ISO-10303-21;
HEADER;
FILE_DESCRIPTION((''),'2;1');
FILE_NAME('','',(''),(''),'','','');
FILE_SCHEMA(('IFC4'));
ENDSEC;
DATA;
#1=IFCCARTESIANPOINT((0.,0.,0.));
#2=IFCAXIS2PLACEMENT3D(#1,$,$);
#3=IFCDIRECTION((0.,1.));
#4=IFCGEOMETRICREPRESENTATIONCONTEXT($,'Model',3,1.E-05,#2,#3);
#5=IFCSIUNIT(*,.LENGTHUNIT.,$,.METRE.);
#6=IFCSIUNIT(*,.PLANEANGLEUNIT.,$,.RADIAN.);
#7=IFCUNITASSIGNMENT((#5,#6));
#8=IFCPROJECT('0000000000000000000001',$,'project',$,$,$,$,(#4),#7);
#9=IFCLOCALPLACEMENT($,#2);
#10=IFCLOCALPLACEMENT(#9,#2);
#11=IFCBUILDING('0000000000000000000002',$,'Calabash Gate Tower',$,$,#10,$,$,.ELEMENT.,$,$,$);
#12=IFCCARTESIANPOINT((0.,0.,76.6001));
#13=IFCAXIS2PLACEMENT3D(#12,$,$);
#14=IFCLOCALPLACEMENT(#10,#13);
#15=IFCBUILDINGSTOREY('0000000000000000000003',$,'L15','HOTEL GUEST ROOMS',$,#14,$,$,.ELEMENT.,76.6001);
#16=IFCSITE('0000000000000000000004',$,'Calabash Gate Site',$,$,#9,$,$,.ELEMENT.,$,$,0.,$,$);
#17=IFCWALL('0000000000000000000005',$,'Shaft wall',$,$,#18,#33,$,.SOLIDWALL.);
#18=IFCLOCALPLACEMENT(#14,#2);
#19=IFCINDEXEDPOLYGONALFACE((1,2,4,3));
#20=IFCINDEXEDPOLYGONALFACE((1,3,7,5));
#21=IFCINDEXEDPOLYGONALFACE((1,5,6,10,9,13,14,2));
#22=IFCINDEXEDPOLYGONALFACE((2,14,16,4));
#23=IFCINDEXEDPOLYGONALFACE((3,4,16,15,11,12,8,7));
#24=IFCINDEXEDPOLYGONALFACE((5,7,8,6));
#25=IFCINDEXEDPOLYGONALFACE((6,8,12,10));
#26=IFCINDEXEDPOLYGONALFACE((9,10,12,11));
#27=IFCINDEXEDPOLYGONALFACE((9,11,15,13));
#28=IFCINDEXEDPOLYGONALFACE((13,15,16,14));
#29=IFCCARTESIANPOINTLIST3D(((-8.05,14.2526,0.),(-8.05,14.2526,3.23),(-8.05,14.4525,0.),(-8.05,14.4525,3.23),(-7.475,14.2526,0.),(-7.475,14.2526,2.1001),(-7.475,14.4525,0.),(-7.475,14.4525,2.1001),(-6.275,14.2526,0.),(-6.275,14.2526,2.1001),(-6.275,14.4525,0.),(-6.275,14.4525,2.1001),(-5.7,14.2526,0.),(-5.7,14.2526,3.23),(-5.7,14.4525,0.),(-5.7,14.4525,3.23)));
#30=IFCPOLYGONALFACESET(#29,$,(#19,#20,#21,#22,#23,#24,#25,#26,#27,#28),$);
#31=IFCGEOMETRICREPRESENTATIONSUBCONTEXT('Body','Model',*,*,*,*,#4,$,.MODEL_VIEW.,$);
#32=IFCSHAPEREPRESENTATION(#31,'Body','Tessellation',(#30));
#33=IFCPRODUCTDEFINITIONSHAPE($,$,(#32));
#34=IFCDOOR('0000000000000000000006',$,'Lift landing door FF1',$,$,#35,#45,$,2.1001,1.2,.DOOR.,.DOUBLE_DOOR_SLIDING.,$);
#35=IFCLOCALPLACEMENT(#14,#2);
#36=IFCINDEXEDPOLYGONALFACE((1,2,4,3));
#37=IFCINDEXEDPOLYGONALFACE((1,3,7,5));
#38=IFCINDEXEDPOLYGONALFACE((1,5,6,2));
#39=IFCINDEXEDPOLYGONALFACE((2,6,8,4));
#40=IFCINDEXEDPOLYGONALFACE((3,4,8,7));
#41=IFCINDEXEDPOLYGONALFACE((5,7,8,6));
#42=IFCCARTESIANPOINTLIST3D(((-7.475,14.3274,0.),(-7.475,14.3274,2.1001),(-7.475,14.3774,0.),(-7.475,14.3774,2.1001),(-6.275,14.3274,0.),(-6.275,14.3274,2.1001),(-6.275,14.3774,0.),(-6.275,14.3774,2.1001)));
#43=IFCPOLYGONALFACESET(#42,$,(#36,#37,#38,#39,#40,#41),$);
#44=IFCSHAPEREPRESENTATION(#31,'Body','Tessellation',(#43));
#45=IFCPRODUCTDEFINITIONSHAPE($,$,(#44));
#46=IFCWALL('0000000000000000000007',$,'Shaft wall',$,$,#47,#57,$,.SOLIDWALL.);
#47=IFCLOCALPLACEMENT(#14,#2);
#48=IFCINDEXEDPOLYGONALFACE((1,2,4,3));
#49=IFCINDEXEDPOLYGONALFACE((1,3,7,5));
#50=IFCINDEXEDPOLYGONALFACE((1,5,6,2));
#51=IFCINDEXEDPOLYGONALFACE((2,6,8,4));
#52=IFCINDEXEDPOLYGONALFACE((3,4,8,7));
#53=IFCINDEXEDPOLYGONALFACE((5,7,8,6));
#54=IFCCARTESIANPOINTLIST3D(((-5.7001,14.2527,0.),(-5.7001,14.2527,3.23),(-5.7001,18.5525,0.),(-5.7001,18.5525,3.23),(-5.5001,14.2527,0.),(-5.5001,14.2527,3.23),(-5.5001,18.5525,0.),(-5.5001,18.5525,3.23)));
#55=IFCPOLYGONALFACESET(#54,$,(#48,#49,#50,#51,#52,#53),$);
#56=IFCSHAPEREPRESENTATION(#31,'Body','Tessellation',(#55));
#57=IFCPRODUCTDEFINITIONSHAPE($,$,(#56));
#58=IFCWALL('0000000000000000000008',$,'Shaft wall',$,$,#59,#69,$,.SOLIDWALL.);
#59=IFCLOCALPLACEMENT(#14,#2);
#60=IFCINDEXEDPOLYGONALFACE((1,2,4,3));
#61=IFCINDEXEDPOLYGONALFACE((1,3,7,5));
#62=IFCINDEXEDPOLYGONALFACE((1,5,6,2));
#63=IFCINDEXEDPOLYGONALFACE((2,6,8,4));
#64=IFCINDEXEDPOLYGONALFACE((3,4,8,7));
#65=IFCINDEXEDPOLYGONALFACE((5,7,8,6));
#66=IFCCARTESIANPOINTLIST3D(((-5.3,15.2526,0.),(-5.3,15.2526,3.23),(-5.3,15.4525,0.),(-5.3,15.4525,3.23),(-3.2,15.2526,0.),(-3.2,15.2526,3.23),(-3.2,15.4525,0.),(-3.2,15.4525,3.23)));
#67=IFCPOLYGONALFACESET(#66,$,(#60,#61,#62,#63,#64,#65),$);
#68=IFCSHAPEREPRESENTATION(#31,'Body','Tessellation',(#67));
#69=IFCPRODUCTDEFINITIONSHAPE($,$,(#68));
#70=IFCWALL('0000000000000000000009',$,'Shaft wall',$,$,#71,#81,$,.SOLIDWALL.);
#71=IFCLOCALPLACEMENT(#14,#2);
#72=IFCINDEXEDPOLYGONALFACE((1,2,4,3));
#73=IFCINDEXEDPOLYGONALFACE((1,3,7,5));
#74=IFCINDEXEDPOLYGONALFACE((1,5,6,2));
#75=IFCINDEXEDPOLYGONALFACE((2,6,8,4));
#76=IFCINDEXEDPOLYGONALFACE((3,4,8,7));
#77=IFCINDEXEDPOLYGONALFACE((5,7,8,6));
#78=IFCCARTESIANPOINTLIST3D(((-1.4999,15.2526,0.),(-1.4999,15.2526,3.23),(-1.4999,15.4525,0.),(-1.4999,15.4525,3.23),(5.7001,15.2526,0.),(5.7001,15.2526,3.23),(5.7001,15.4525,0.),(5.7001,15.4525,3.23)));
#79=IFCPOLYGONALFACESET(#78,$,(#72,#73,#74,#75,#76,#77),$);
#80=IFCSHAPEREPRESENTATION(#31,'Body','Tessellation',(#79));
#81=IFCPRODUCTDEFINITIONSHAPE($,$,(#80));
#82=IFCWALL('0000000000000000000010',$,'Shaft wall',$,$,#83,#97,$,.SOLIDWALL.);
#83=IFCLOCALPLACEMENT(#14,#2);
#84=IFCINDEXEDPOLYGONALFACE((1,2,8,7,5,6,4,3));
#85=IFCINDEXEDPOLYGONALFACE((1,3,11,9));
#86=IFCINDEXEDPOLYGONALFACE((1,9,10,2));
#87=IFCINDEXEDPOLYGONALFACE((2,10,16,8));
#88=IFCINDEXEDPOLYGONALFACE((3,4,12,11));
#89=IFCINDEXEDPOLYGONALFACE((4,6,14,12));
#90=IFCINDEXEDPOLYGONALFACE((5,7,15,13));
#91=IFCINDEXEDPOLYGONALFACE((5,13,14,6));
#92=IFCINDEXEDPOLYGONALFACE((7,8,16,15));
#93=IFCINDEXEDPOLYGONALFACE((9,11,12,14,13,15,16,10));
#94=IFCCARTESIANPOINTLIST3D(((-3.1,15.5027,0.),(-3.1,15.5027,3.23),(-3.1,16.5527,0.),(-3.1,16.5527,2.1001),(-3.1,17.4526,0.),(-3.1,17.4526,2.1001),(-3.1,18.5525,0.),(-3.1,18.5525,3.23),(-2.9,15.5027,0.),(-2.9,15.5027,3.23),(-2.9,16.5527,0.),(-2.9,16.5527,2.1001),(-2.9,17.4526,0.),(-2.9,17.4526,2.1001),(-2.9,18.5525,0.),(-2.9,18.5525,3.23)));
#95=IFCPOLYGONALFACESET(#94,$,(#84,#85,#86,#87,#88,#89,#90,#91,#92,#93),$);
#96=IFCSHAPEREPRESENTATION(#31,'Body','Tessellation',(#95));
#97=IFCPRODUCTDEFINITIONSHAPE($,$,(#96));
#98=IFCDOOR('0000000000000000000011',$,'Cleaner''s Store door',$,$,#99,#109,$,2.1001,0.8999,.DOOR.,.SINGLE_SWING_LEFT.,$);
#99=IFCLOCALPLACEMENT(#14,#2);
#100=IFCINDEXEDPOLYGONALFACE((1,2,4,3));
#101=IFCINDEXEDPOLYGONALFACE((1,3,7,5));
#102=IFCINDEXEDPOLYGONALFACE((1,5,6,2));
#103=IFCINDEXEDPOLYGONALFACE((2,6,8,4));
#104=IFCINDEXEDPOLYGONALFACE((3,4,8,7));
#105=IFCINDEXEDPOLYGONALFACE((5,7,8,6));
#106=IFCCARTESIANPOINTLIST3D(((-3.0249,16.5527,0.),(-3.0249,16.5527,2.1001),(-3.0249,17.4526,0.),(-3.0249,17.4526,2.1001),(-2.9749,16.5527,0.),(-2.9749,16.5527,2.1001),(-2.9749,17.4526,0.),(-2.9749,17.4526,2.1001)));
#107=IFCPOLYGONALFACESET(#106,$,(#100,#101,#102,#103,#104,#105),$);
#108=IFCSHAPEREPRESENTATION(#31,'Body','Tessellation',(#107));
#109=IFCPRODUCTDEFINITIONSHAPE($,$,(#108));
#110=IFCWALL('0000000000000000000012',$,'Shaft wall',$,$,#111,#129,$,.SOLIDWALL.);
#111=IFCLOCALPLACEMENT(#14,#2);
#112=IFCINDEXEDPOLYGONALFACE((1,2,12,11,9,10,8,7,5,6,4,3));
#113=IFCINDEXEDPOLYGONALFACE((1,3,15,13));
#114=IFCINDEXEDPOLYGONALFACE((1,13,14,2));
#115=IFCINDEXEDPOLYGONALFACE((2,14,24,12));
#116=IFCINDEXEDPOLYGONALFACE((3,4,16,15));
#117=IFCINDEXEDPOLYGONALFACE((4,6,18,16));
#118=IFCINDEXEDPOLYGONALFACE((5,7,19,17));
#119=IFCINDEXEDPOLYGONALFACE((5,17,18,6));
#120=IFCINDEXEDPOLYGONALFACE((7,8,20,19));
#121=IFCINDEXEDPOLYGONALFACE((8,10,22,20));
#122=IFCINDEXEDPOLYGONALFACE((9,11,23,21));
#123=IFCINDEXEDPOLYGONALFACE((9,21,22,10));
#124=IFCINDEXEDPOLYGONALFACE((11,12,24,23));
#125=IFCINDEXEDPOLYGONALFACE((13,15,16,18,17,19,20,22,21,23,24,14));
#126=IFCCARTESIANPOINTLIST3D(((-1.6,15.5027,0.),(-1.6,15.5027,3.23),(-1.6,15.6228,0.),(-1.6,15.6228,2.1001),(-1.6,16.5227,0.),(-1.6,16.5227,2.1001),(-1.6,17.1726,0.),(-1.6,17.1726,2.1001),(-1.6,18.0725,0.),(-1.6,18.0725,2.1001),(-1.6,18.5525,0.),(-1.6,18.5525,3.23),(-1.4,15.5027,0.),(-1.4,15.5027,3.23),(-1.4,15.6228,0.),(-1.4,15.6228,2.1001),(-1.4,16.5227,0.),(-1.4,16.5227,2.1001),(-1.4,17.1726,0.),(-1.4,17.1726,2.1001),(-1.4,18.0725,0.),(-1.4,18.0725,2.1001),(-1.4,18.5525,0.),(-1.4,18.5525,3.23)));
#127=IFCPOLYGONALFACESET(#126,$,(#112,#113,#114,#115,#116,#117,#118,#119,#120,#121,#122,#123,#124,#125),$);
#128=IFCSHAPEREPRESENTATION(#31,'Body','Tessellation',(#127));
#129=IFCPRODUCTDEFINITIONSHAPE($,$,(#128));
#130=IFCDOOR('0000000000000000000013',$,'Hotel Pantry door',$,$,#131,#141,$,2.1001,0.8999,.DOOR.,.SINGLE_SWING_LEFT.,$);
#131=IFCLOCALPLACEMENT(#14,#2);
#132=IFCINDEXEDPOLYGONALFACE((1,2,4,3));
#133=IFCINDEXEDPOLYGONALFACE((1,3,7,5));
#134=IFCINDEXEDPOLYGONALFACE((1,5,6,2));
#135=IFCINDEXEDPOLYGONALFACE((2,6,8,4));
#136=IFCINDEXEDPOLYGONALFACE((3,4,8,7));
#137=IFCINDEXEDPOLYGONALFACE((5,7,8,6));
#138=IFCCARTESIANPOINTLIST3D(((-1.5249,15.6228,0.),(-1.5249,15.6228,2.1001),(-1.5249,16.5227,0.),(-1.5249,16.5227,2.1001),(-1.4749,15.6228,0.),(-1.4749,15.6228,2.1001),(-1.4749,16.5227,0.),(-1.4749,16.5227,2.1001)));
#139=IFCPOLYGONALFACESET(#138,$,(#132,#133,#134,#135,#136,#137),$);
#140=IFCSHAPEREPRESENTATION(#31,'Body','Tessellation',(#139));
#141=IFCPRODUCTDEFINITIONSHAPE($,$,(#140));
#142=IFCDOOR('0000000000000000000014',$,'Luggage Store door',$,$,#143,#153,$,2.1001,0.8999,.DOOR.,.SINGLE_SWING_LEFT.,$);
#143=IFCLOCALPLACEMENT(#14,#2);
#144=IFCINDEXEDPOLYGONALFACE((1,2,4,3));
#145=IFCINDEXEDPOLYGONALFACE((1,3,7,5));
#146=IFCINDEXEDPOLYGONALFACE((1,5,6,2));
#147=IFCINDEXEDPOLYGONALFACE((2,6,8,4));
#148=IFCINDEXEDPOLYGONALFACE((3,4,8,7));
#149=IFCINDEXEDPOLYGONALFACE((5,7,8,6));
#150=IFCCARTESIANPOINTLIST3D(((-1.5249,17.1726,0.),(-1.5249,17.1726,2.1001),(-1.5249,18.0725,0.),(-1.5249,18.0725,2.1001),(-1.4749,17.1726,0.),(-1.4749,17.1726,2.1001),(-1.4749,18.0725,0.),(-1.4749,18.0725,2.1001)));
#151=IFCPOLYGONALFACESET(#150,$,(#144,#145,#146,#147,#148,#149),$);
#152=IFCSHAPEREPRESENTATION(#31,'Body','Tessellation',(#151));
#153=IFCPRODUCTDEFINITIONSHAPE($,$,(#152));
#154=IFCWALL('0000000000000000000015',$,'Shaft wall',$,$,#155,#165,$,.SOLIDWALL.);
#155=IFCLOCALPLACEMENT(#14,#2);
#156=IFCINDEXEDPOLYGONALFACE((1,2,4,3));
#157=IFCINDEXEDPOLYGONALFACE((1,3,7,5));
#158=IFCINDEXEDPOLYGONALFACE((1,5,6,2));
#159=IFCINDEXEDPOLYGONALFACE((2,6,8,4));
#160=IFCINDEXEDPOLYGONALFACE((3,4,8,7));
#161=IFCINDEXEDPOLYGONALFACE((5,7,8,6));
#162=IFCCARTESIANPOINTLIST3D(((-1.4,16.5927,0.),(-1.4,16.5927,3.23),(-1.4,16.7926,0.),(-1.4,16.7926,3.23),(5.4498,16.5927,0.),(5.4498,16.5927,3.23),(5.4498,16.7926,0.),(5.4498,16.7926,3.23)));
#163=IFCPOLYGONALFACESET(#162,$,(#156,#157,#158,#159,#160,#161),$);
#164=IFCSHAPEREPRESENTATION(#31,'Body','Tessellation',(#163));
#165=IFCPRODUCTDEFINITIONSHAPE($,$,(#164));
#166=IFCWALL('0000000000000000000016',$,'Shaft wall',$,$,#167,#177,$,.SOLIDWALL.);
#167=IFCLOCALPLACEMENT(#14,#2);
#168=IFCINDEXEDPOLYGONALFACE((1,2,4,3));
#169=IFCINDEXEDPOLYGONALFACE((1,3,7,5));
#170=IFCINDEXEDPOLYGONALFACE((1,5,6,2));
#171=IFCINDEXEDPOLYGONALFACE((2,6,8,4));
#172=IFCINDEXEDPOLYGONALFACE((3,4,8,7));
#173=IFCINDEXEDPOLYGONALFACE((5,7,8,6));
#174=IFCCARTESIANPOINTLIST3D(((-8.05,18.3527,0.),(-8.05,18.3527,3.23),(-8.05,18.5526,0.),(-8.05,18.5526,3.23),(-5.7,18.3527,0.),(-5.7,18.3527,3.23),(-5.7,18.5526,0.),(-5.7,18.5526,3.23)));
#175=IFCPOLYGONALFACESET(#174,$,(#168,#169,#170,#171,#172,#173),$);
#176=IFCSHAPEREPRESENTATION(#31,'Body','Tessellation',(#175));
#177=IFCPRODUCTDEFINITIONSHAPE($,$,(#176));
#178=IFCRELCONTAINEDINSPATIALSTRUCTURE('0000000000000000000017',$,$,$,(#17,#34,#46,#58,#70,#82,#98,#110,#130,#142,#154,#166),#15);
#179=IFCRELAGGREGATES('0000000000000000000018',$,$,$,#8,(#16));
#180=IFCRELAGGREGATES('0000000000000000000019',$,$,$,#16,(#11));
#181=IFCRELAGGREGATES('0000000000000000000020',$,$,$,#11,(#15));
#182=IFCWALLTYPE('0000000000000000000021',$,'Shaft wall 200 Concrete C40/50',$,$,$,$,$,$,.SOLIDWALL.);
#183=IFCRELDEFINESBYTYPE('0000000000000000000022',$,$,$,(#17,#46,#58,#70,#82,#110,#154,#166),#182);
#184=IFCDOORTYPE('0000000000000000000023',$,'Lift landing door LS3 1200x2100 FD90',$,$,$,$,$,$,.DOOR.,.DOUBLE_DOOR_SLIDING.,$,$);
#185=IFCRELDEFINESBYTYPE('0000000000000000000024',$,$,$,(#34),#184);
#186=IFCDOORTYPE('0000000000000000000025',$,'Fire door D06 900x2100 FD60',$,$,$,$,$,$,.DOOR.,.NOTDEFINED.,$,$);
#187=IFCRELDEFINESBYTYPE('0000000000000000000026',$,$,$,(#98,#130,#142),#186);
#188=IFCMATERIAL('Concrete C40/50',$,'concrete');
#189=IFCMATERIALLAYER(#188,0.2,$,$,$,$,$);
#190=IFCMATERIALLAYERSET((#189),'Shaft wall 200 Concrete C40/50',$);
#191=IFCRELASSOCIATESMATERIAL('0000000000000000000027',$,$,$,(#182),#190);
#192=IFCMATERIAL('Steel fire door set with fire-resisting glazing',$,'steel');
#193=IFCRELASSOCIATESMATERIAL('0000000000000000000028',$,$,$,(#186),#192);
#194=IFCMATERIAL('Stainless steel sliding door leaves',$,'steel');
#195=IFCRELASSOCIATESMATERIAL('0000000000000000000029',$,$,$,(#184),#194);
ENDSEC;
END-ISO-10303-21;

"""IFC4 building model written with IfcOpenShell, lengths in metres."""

from ifc_helpers import new_model, si_unit, direction, frame, frame_2d, origin, place, context, subcontext, project, spatial, rectangle, extrude, material, layer, layer_set, type_object, element, fill, save


model = new_model("IFC4")

# Units and contexts
model_context = context("Model", 3, precision=1e-05, world=origin(), true_north=direction((0.0, 1.0)))
body_context = subcontext(model_context, "Body", "Model", "MODEL_VIEW")
ifc_project = project(units=[si_unit("LENGTHUNIT", "METRE"), si_unit("PLANEANGLEUNIT", "RADIAN")], contexts=[model_context])

# Site, building, storey
site_placement = place(None, origin())
site = spatial("IfcSite", under=ifc_project, at=site_placement, Name="Calabash Gate Site", CompositionType="ELEMENT", RefElevation=0.0)
building_placement = place(site_placement, origin())
building = spatial("IfcBuilding", under=site, at=building_placement, Name="Calabash Gate Tower", CompositionType="ELEMENT")
storey_placement = place(building_placement, frame((0.0, 0.0, 76.6001)))
storey = spatial("IfcBuildingStorey", under=building, at=storey_placement, Name="L15", Description="HOTEL GUEST ROOMS", CompositionType="ELEMENT", Elevation=76.6001)

# Shared definitions
ifc_material_1 = material(Name="Concrete C40/50", Category="concrete")
ifc_layer_1 = layer(ifc_material_1, 0.2)
ifc_layer_set_1 = layer_set([ifc_layer_1], Name="Shaft wall 200 Concrete C40/50")
wall_type_1 = type_object("IfcWallType", Name="Shaft wall 200 Concrete C40/50", PredefinedType="SOLIDWALL", material=ifc_layer_set_1)

# Shared definitions
ifc_material_2 = material(Name="Steel fire door set with fire-resisting glazing", Category="steel")
door_type_1 = type_object("IfcDoorType", Name="Fire door D06 900x2100 FD60", OperationType="NOTDEFINED", PredefinedType="DOOR", material=ifc_material_2)

# Wall, opening, door
wall_1_placement = place(storey_placement, frame((-8.05, 14.3525, 0.0), z_axis=(0.0, 0.0, 1.0), x_axis=(1.0, 0.0, 0.0)))
wall_1 = element("IfcWall", 1, at=wall_1_placement, inside=storey, type_object=wall_type_1, Name="Shaft wall", PredefinedType="SOLIDWALL", context=body_context, shape_type="SweptSolid", body=[
    extrude(rectangle(XDim=2.3501, YDim=0.2, at=frame_2d((1.175, 0.0))), origin(), (0.0, 0.0, 1.0), 3.23),
])
opening_1_placement = place(wall_1_placement, frame((0.575, 0.0, 0.0)))
opening_1 = element("IfcOpeningElement", 2, at=opening_1_placement, cuts=wall_1, PredefinedType="OPENING", context=body_context, shape_type="SweptSolid", body=[
    extrude(rectangle(XDim=1.2, YDim=2.1001, at=frame_2d((0.6001, 1.05))), frame((0.0, 0.1099, 0.0), z_axis=(0.0, -1.0, 0.0), x_axis=(1.0, 0.0, 0.0)), (0.0, 0.0, 1.0), 0.22),
])
ifc_material_3 = material(Name="Stainless steel sliding door leaves", Category="steel")
door_type_2 = type_object("IfcDoorType", Name="Lift landing door LS3 1200x2100 FD90", OperationType="DOUBLE_DOOR_SLIDING", PredefinedType="DOOR", material=ifc_material_3)
door_1_placement = place(opening_1_placement, origin())
door_1 = element("IfcDoor", 3, at=door_1_placement, inside=storey, type_object=door_type_2, Name="Lift landing door FF1", OperationType="DOUBLE_DOOR_SLIDING", OverallHeight=2.1001, OverallWidth=1.2, PredefinedType="DOOR", context=body_context, shape_type="SweptSolid", body=[
    extrude(rectangle(XDim=1.2, YDim=2.1001, at=frame_2d((0.6001, 1.05))), frame((0.0, 0.0249, 0.0), z_axis=(0.0, -1.0, 0.0), x_axis=(1.0, 0.0, 0.0)), (0.0, 0.0, 1.0), 0.05),
])
fill(opening_1, door_1)

# Walls
wall_2_placement = place(storey_placement, frame((-5.6001, 14.2527, 0.0), z_axis=(0.0, 0.0, 1.0), x_axis=(0.0, 1.0, 0.0)))
element("IfcWall", 4, at=wall_2_placement, inside=storey, type_object=wall_type_1, Name="Shaft wall", PredefinedType="SOLIDWALL", context=body_context, shape_type="SweptSolid", body=[
    extrude(rectangle(XDim=4.2998, YDim=0.2, at=frame_2d((2.1499, 0.0))), origin(), (0.0, 0.0, 1.0), 3.23),
])
wall_3_placement = place(storey_placement, frame((-5.3, 15.3525, 0.0), z_axis=(0.0, 0.0, 1.0), x_axis=(1.0, 0.0, 0.0)))
element("IfcWall", 5, at=wall_3_placement, inside=storey, type_object=wall_type_1, Name="Shaft wall", PredefinedType="SOLIDWALL", context=body_context, shape_type="SweptSolid", body=[
    extrude(rectangle(XDim=2.1001, YDim=0.2, at=frame_2d((1.05, 0.0))), origin(), (0.0, 0.0, 1.0), 3.23),
])
wall_4_placement = place(storey_placement, frame((-1.5, 15.3525, 0.0), z_axis=(0.0, 0.0, 1.0), x_axis=(1.0, 0.0, 0.0)))
element("IfcWall", 6, at=wall_4_placement, inside=storey, type_object=wall_type_1, Name="Shaft wall", PredefinedType="SOLIDWALL", context=body_context, shape_type="SweptSolid", body=[
    extrude(rectangle(XDim=7.2, YDim=0.2, at=frame_2d((3.6001, 0.0))), origin(), (0.0, 0.0, 1.0), 3.23),
])

# Wall, opening, door
wall_5_placement = place(storey_placement, frame((-3.0, 15.5027, 0.0), z_axis=(0.0, 0.0, 1.0), x_axis=(0.0, 1.0, 0.0)))
wall_5 = element("IfcWall", 7, at=wall_5_placement, inside=storey, type_object=wall_type_1, Name="Shaft wall", PredefinedType="SOLIDWALL", context=body_context, shape_type="SweptSolid", body=[
    extrude(rectangle(XDim=3.0498, YDim=0.2, at=frame_2d((1.5249, 0.0))), origin(), (0.0, 0.0, 1.0), 3.23),
])
opening_2_placement = place(wall_5_placement, frame((1.05, 0.0, 0.0)))
opening_2 = element("IfcOpeningElement", 8, at=opening_2_placement, cuts=wall_5, PredefinedType="OPENING", context=body_context, shape_type="SweptSolid", body=[
    extrude(rectangle(XDim=0.8999, YDim=2.1001, at=frame_2d((0.45, 1.05))), frame((0.0, 0.1099, 0.0), z_axis=(0.0, -1.0, 0.0), x_axis=(1.0, 0.0, 0.0)), (0.0, 0.0, 1.0), 0.22),
])
door_2_placement = place(opening_2_placement, origin())
door_2 = element("IfcDoor", 9, at=door_2_placement, inside=storey, type_object=door_type_1, Name="Cleaner's Store door", OperationType="SINGLE_SWING_LEFT", OverallHeight=2.1001, OverallWidth=0.8999, PredefinedType="DOOR", context=body_context, shape_type="SweptSolid", body=[
    extrude(rectangle(XDim=0.8999, YDim=2.1001, at=frame_2d((0.45, 1.05))), frame((0.0, 0.0249, 0.0), z_axis=(0.0, -1.0, 0.0), x_axis=(1.0, 0.0, 0.0)), (0.0, 0.0, 1.0), 0.05),
])
fill(opening_2, door_2)

# Wall, openings, doors
wall_6_placement = place(storey_placement, frame((-1.5, 15.5027, 0.0), z_axis=(0.0, 0.0, 1.0), x_axis=(0.0, 1.0, 0.0)))
wall_6 = element("IfcWall", 10, at=wall_6_placement, inside=storey, type_object=wall_type_1, Name="Shaft wall", PredefinedType="SOLIDWALL", context=body_context, shape_type="SweptSolid", body=[
    extrude(rectangle(XDim=3.0498, YDim=0.2, at=frame_2d((1.5249, 0.0))), origin(), (0.0, 0.0, 1.0), 3.23),
])
opening_3_placement = place(wall_6_placement, frame((0.1201, 0.0, 0.0)))
opening_3 = element("IfcOpeningElement", 11, at=opening_3_placement, cuts=wall_6, PredefinedType="OPENING", context=body_context, shape_type="SweptSolid", body=[
    extrude(rectangle(XDim=0.8999, YDim=2.1001, at=frame_2d((0.45, 1.05))), frame((0.0, 0.1099, 0.0), z_axis=(0.0, -1.0, 0.0), x_axis=(1.0, 0.0, 0.0)), (0.0, 0.0, 1.0), 0.22),
])
opening_4_placement = place(wall_6_placement, frame((1.6699, 0.0, 0.0)))
opening_4 = element("IfcOpeningElement", 12, at=opening_4_placement, cuts=wall_6, PredefinedType="OPENING", context=body_context, shape_type="SweptSolid", body=[
    extrude(rectangle(XDim=0.8999, YDim=2.1001, at=frame_2d((0.45, 1.05))), frame((0.0, 0.1099, 0.0), z_axis=(0.0, -1.0, 0.0), x_axis=(1.0, 0.0, 0.0)), (0.0, 0.0, 1.0), 0.22),
])
door_3_placement = place(opening_3_placement, origin())
door_3 = element("IfcDoor", 13, at=door_3_placement, inside=storey, type_object=door_type_1, Name="Hotel Pantry door", OperationType="SINGLE_SWING_LEFT", OverallHeight=2.1001, OverallWidth=0.8999, PredefinedType="DOOR", context=body_context, shape_type="SweptSolid", body=[
    extrude(rectangle(XDim=0.8999, YDim=2.1001, at=frame_2d((0.45, 1.05))), frame((0.0, 0.0249, 0.0), z_axis=(0.0, -1.0, 0.0), x_axis=(1.0, 0.0, 0.0)), (0.0, 0.0, 1.0), 0.05),
])
fill(opening_3, door_3)
door_4_placement = place(opening_4_placement, origin())
door_4 = element("IfcDoor", 14, at=door_4_placement, inside=storey, type_object=door_type_1, Name="Luggage Store door", OperationType="SINGLE_SWING_LEFT", OverallHeight=2.1001, OverallWidth=0.8999, PredefinedType="DOOR", context=body_context, shape_type="SweptSolid", body=[
    extrude(rectangle(XDim=0.8999, YDim=2.1001, at=frame_2d((0.45, 1.05))), frame((0.0, 0.0249, 0.0), z_axis=(0.0, -1.0, 0.0), x_axis=(1.0, 0.0, 0.0)), (0.0, 0.0, 1.0), 0.05),
])
fill(opening_4, door_4)

# Walls
wall_7_placement = place(storey_placement, frame((-1.3999, 16.6926, 0.0), z_axis=(0.0, 0.0, 1.0), x_axis=(1.0, 0.0, 0.0)))
element("IfcWall", 15, at=wall_7_placement, inside=storey, type_object=wall_type_1, Name="Shaft wall", PredefinedType="SOLIDWALL", context=body_context, shape_type="SweptSolid", body=[
    extrude(rectangle(XDim=6.8499, YDim=0.2, at=frame_2d((3.4248, 0.0))), origin(), (0.0, 0.0, 1.0), 3.23),
])
wall_8_placement = place(storey_placement, frame((-8.05, 18.4526, 0.0), z_axis=(0.0, 0.0, 1.0), x_axis=(1.0, 0.0, 0.0)))
element("IfcWall", 16, at=wall_8_placement, inside=storey, type_object=wall_type_1, Name="Shaft wall", PredefinedType="SOLIDWALL", context=body_context, shape_type="SweptSolid", body=[
    extrude(rectangle(XDim=2.3501, YDim=0.2, at=frame_2d((1.175, 0.0))), origin(), (0.0, 0.0, 1.0), 3.23),
])

save(model, "model.ifc")
